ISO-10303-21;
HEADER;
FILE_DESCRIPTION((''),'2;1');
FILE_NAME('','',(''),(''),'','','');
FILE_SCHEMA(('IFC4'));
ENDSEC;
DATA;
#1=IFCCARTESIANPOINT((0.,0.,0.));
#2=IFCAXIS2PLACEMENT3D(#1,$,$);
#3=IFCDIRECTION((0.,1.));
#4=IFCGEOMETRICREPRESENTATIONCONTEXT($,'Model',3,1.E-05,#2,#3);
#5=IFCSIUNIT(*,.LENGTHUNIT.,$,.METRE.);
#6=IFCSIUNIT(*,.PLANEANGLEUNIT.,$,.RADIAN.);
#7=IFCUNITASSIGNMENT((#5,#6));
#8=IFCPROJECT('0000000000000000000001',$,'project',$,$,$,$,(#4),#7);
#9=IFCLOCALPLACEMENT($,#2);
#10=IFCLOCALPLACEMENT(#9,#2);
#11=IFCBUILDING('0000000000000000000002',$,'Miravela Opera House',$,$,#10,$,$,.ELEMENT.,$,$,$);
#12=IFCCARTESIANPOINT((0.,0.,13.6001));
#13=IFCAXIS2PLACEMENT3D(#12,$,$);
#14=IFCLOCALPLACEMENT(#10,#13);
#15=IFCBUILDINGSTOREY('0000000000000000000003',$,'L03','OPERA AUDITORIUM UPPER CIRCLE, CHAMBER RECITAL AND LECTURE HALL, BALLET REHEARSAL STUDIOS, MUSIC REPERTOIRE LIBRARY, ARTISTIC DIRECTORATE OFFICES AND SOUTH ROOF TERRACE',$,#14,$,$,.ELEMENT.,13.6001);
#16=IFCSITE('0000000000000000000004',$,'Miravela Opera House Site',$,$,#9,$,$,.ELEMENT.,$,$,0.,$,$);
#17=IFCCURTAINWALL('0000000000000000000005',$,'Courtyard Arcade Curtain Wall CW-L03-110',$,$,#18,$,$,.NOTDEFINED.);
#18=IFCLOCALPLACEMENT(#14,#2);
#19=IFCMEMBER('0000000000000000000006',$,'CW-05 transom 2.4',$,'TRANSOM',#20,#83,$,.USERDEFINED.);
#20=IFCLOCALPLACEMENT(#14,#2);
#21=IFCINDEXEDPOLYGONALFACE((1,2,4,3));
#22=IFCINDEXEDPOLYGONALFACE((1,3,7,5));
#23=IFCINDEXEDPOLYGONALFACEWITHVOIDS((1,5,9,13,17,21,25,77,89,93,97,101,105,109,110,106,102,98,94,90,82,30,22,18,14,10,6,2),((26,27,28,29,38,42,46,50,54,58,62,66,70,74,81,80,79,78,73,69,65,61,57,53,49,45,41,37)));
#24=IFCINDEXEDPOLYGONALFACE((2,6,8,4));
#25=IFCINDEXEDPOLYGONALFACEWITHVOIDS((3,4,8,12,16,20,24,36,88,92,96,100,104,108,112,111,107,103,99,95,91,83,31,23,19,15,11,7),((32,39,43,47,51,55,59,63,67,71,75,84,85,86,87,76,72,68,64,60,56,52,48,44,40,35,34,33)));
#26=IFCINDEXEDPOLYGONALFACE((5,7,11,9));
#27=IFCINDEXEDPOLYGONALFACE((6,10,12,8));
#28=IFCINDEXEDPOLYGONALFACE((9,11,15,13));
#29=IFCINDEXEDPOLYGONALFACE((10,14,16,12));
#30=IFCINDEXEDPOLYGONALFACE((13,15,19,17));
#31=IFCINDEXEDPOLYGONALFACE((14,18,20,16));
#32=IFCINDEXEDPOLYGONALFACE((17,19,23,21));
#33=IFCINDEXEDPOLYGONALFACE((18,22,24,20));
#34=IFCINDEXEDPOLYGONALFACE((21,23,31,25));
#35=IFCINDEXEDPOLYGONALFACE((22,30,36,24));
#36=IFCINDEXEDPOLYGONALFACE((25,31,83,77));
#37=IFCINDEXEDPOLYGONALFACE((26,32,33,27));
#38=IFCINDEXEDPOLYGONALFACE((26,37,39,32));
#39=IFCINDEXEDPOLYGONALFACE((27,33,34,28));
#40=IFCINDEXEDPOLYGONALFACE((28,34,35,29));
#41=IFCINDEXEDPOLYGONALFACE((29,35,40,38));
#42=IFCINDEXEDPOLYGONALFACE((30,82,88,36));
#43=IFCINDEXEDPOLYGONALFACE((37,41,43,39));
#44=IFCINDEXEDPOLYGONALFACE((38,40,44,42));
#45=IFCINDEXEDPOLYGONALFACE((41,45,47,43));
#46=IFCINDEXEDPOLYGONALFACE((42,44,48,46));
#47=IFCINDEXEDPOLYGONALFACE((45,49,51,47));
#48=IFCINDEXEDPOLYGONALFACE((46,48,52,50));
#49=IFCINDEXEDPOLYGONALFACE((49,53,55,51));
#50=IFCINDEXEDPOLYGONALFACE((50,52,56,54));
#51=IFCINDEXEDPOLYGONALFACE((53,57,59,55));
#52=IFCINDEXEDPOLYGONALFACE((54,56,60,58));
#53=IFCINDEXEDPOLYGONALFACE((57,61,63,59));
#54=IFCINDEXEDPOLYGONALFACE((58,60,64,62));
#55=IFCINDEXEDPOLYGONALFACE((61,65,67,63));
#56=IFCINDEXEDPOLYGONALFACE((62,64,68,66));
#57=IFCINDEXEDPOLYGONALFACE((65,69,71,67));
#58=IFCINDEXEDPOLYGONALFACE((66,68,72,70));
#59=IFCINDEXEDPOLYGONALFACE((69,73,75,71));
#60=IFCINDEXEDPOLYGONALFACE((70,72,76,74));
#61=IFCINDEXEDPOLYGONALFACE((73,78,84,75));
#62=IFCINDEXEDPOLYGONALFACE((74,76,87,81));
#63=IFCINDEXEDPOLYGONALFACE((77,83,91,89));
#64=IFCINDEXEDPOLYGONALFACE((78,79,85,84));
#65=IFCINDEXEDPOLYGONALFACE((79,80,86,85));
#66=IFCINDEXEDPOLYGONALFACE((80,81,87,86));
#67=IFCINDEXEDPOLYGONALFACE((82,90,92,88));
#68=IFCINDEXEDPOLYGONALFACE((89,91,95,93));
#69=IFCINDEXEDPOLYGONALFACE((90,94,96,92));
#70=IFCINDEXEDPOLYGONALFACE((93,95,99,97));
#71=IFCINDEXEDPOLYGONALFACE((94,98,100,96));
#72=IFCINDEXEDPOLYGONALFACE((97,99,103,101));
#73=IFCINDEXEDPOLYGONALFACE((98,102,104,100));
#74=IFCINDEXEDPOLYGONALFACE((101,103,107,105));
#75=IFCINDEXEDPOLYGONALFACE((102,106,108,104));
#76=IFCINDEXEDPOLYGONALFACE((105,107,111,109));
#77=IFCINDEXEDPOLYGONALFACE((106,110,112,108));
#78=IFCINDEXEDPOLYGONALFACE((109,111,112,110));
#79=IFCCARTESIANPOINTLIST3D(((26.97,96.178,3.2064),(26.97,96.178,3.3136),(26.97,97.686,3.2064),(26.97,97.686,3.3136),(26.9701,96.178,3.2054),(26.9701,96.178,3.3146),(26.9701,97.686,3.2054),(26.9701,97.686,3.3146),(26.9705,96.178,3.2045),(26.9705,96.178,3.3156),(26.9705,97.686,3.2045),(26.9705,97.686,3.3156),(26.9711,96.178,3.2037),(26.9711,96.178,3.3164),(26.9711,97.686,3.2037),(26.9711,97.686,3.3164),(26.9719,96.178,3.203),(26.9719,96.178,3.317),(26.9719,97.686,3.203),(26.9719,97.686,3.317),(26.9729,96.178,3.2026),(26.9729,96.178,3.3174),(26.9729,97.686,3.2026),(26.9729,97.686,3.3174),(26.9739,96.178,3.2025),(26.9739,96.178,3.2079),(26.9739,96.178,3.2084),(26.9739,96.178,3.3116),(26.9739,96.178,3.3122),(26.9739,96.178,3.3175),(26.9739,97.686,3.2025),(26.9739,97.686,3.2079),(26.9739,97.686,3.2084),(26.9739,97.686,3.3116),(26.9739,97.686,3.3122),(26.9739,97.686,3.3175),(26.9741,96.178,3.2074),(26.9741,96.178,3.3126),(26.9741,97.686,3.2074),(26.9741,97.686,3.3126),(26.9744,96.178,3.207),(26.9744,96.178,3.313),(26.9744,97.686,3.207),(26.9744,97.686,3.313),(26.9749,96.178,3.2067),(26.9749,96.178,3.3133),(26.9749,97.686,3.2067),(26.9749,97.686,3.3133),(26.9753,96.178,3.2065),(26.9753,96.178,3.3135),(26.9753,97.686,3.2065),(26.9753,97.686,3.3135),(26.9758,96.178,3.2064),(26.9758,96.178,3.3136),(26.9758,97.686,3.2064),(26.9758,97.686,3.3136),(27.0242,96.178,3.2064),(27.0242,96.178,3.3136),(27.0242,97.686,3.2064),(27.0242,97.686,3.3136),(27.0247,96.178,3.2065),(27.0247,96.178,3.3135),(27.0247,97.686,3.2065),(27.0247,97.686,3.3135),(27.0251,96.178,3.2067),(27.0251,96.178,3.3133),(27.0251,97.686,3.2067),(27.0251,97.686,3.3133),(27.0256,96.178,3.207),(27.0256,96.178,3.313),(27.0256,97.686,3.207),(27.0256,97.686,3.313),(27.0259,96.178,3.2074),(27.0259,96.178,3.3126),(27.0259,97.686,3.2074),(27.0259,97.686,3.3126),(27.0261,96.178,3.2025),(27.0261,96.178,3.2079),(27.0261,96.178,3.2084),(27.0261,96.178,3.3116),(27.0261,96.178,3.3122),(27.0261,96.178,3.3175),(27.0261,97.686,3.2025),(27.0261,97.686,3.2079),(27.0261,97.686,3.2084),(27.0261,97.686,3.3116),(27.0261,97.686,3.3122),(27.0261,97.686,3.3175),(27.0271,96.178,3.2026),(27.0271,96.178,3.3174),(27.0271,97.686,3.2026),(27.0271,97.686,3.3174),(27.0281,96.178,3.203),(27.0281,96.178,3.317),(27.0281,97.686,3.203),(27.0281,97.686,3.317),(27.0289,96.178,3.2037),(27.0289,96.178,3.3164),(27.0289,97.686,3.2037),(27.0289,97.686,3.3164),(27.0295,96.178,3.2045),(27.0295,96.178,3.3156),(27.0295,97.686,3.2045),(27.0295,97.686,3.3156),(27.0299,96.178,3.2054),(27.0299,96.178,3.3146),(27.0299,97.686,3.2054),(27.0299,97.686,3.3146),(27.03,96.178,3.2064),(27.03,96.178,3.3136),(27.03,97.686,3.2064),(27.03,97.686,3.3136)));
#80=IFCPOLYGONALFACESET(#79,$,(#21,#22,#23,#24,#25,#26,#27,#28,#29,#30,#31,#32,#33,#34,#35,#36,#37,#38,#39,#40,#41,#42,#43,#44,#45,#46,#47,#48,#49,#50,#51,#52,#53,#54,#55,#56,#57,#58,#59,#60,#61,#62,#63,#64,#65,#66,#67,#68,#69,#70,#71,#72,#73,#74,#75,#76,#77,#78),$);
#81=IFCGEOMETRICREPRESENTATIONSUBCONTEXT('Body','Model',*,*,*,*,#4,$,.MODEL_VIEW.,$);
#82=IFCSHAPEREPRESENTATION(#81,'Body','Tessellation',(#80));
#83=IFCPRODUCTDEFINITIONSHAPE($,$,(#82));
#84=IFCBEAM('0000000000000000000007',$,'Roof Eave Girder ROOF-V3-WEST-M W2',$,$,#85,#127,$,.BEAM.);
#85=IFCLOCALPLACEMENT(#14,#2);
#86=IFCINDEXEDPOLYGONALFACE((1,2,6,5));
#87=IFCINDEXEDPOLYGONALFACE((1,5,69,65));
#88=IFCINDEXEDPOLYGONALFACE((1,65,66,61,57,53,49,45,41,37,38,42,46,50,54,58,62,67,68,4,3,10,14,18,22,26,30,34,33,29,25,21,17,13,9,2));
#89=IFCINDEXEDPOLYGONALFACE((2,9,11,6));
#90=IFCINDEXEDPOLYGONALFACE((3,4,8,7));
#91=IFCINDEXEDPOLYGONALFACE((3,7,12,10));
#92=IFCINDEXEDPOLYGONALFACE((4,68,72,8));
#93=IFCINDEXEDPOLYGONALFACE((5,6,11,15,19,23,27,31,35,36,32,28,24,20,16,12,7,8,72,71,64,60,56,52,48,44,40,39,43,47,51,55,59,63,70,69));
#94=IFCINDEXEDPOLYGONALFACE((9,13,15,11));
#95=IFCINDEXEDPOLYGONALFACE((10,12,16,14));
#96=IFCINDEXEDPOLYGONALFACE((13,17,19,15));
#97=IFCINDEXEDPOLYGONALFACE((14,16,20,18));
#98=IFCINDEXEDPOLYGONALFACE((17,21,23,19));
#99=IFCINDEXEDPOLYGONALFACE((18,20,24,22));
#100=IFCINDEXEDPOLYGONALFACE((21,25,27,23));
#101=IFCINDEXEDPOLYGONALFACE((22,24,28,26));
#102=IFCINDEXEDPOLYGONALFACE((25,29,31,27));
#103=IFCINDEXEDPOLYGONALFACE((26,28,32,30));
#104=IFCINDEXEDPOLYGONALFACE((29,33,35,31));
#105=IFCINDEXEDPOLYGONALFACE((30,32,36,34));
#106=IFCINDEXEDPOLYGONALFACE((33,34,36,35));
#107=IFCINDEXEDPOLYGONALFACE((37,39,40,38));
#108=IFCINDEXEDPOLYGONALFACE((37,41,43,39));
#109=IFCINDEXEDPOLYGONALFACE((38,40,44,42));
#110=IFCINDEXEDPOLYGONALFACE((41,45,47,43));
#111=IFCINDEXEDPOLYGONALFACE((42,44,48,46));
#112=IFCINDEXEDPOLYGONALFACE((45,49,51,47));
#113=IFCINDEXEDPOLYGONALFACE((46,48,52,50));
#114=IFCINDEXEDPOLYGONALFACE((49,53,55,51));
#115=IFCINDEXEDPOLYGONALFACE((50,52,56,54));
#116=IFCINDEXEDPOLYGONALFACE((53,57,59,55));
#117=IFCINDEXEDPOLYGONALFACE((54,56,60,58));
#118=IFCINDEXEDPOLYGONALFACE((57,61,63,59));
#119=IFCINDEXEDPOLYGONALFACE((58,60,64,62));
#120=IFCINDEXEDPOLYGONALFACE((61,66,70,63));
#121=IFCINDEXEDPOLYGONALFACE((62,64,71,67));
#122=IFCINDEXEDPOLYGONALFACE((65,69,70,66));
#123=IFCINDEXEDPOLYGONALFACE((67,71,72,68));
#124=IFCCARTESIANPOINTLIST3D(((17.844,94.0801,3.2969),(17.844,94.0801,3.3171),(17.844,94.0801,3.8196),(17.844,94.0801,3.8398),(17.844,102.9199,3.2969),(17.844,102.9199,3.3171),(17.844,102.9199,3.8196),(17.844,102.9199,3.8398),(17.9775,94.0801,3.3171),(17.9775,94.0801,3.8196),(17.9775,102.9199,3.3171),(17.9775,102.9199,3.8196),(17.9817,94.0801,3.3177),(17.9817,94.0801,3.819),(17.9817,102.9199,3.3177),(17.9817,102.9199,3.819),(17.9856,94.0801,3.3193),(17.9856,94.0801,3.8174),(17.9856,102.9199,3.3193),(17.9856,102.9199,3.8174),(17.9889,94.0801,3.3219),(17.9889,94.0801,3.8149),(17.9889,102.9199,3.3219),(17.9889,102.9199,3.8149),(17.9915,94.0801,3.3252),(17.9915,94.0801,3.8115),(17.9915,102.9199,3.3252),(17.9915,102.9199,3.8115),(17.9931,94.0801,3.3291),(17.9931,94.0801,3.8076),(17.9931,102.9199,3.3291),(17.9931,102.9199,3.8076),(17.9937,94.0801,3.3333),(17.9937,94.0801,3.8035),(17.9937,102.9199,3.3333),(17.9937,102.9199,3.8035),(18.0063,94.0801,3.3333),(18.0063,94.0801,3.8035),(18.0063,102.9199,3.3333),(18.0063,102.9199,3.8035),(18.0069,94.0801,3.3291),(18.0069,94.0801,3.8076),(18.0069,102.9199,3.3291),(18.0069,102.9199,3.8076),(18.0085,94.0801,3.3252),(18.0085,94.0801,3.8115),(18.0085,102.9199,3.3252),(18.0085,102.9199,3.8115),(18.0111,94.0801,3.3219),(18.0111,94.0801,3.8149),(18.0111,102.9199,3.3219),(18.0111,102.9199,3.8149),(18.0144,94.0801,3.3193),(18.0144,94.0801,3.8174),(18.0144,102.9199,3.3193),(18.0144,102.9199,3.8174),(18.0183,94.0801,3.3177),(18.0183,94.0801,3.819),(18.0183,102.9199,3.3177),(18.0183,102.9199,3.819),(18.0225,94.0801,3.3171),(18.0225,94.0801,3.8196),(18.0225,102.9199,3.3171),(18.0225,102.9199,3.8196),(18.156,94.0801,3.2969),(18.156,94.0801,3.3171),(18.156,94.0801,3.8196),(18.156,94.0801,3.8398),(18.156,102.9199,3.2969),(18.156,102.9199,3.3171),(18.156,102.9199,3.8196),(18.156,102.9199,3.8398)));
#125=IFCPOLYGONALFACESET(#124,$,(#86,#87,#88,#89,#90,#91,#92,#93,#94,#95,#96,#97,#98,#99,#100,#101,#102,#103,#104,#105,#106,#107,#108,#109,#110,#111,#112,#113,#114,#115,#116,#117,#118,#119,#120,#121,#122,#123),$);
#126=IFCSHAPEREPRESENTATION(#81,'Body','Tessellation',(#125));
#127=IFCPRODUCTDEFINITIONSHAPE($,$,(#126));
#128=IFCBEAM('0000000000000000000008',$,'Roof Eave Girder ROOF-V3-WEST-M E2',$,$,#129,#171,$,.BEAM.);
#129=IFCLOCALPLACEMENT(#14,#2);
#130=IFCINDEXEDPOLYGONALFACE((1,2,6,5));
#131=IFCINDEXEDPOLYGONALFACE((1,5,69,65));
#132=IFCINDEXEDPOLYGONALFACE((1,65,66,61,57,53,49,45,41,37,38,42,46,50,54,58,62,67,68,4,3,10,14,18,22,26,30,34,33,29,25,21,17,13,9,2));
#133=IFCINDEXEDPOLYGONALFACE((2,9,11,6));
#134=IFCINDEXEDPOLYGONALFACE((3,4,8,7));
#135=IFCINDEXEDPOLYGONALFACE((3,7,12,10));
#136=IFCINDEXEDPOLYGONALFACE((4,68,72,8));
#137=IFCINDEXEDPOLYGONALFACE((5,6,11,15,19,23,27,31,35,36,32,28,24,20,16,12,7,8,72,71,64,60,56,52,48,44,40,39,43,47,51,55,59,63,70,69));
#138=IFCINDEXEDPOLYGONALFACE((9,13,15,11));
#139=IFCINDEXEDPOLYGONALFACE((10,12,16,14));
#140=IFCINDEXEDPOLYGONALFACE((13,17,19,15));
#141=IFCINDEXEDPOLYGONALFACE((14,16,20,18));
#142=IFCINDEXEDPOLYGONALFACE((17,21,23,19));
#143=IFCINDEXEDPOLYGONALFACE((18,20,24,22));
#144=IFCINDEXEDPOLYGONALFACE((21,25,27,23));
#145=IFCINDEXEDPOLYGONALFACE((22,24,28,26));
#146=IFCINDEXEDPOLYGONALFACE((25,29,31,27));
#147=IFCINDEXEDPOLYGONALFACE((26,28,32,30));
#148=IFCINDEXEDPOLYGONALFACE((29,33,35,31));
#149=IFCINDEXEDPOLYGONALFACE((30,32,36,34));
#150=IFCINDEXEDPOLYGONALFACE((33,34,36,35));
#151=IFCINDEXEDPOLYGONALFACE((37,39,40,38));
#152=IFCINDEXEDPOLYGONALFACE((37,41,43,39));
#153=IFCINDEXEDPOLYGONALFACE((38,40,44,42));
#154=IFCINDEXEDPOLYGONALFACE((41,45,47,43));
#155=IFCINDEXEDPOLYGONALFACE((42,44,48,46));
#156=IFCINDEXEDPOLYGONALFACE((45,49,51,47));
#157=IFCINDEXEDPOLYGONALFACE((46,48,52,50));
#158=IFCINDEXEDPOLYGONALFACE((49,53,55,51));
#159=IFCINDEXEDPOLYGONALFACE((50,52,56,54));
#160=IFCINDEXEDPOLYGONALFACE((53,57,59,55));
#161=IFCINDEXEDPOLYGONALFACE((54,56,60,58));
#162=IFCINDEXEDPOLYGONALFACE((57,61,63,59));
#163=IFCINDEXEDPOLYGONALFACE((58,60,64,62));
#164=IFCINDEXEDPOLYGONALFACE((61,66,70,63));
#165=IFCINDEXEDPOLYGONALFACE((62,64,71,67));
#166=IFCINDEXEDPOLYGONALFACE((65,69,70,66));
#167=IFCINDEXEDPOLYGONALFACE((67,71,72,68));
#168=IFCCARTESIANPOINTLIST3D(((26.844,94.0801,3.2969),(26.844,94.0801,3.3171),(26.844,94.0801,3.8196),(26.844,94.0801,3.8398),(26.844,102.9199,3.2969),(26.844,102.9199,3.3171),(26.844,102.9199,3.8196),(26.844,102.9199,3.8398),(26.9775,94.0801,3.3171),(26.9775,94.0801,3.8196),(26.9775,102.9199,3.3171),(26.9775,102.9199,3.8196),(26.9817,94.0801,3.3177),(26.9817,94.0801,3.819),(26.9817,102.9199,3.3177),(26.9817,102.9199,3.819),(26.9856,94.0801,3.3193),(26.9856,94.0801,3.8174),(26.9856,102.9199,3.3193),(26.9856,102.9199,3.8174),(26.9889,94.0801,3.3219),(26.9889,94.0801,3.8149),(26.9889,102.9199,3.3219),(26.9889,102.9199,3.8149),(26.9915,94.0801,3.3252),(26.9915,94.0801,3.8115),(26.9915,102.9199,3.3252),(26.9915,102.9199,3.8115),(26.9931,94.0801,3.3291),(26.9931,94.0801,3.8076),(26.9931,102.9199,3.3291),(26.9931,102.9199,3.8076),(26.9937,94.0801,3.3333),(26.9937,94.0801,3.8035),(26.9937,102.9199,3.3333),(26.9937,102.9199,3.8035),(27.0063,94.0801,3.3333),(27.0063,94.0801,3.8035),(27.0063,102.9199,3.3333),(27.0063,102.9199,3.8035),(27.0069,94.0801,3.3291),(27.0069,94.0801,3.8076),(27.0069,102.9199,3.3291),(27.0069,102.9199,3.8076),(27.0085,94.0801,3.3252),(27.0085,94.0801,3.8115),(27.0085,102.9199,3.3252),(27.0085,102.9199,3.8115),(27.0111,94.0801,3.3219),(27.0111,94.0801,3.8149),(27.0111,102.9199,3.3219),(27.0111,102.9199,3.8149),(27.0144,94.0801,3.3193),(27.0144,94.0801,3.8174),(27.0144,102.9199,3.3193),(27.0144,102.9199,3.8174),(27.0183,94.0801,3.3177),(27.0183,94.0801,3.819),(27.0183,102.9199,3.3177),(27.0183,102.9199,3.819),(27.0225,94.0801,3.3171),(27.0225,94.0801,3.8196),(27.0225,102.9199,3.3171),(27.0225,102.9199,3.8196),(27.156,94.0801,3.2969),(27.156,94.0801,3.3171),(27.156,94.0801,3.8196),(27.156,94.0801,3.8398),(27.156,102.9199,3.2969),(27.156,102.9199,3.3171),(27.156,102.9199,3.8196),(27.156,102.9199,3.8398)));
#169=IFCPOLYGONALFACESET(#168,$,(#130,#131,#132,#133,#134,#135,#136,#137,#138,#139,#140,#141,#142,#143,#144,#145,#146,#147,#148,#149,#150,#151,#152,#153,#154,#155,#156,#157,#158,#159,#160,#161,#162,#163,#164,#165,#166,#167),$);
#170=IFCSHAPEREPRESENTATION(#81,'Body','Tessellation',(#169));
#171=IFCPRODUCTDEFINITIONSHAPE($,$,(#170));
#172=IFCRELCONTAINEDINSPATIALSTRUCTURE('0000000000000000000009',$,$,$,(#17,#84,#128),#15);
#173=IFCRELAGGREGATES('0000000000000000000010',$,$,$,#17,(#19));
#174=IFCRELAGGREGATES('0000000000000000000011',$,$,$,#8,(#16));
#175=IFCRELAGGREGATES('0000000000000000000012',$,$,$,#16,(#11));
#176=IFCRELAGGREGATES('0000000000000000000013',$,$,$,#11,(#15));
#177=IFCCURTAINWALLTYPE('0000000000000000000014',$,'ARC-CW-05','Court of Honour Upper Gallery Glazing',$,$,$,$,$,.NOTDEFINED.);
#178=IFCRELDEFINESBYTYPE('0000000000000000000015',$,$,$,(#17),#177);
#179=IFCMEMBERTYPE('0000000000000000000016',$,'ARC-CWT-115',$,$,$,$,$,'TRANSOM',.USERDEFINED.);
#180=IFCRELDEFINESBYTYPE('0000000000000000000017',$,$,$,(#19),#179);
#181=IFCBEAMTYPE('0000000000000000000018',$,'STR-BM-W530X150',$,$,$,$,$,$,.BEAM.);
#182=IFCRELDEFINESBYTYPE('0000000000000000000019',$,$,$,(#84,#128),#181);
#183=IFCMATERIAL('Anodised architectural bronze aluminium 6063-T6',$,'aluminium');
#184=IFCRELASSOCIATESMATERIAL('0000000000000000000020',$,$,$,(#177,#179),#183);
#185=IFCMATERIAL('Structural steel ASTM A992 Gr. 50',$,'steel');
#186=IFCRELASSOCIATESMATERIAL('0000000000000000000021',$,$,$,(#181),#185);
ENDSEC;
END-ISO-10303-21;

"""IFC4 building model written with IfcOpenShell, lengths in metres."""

from ifc_helpers import new_model, si_unit, direction, frame, origin, origin_2d, place, context, subcontext, project, spatial, hollow_rectangle, i_section, extrude, material, material_profile, profile_set, type_object, element, aggregate, save


model = new_model("IFC4")

# Units and contexts
model_context = context("Model", 3, precision=1e-05, world=origin(), true_north=direction((0.0, 1.0)))
body_context = subcontext(model_context, "Body", "Model", "MODEL_VIEW")
ifc_project = project(units=[si_unit("LENGTHUNIT", "METRE"), si_unit("PLANEANGLEUNIT", "RADIAN")], contexts=[model_context])

# Site, building, storey
site_placement = place(None, origin())
site = spatial("IfcSite", under=ifc_project, at=site_placement, Name="Miravela Opera House Site", CompositionType="ELEMENT", RefElevation=0.0)
building_placement = place(site_placement, origin())
building = spatial("IfcBuilding", under=site, at=building_placement, Name="Miravela Opera House", CompositionType="ELEMENT")
storey_placement = place(building_placement, frame((0.0, 0.0, 13.6001)))
storey = spatial("IfcBuildingStorey", under=building, at=storey_placement, Name="L03", Description="OPERA AUDITORIUM UPPER CIRCLE, CHAMBER RECITAL AND LECTURE HALL, BALLET REHEARSAL STUDIOS, MUSIC REPERTOIRE LIBRARY, ARTISTIC DIRECTORATE OFFICES AND SOUTH ROOF TERRACE", CompositionType="ELEMENT", Elevation=13.6001)

# Curtain wall
ifc_material_1 = material(Name="Anodised architectural bronze aluminium 6063-T6", Category="aluminium")
curtain_wall_type = type_object("IfcCurtainWallType", Name="ARC-CW-05", Description="Court of Honour Upper Gallery Glazing", PredefinedType="NOTDEFINED", material=ifc_material_1)
curtain_wall_1_placement = place(storey_placement, origin())
curtain_wall_1 = element("IfcCurtainWall", 1, at=curtain_wall_1_placement, inside=storey, type_object=curtain_wall_type, Name="Courtyard Arcade Curtain Wall CW-L03-110", PredefinedType="NOTDEFINED")

# Member
ifc_material_profile_1 = material_profile(ifc_material_1, hollow_rectangle(XDim=0.0601, YDim=0.115, WallThickness=0.0039, InnerFilletRadius=0.002, OuterFilletRadius=0.0039, at=origin_2d()), Name="CWT-60X115")
ifc_profile_set_1 = profile_set([ifc_material_profile_1])
member_type_1 = type_object("IfcMemberType", Name="ARC-CWT-115", ElementType="TRANSOM", PredefinedType="USERDEFINED", material=ifc_profile_set_1)
member_1_placement = place(storey_placement, frame((27.0, 96.178, 3.26), z_axis=(0.0, 1.0, 0.0), x_axis=(-1.0, 0.0, 0.0)))
member_1 = element("IfcMember", 2, at=member_1_placement, type_object=member_type_1, Name="CW-05 transom 2.4", ObjectType="TRANSOM", PredefinedType="USERDEFINED", context=body_context, shape_type="SweptSolid", body=[
    extrude(hollow_rectangle(XDim=0.0601, YDim=0.115, WallThickness=0.0039, InnerFilletRadius=0.002, OuterFilletRadius=0.0039, at=origin_2d()), origin(), (0.0, 0.0, 1.0), 1.5081),
])

# Beams
ifc_material_2 = material(Name="Structural steel ASTM A992 Gr. 50", Category="steel")
ifc_material_profile_2 = material_profile(ifc_material_2, i_section(OverallWidth=0.312, OverallDepth=0.543, WebThickness=0.0127, FlangeThickness=0.0203, FilletRadius=0.0161, at=origin_2d()), Name="W530X150")
ifc_profile_set_2 = profile_set([ifc_material_profile_2])
beam_type = type_object("IfcBeamType", Name="STR-BM-W530X150", PredefinedType="BEAM", material=ifc_profile_set_2)
for number, where, z_axis, x_axis, name in (
    (3, (18.0, 94.0801, 3.5684), (0.0, 1.0, 0.0), (-1.0, 0.0, 0.0), "Roof Eave Girder ROOF-V3-WEST-M W2"),
    (4, (27.0, 94.0801, 3.5684), (0.0, 1.0, 0.0), (-1.0, 0.0, 0.0), "Roof Eave Girder ROOF-V3-WEST-M E2"),
):
    element("IfcBeam", number, at=place(storey_placement, frame(where, z_axis=z_axis, x_axis=x_axis)), inside=storey, type_object=beam_type, Name=name, PredefinedType="BEAM", context=body_context, shape_type="SweptSolid", body=[
        extrude(i_section(OverallWidth=0.312, OverallDepth=0.543, WebThickness=0.0127, FlangeThickness=0.0203, FilletRadius=0.0161, at=origin_2d()), origin(), (0.0, 0.0, 1.0), 8.8398),
    ])

aggregate(curtain_wall_1, [member_1])

save(model, "model.ifc")
